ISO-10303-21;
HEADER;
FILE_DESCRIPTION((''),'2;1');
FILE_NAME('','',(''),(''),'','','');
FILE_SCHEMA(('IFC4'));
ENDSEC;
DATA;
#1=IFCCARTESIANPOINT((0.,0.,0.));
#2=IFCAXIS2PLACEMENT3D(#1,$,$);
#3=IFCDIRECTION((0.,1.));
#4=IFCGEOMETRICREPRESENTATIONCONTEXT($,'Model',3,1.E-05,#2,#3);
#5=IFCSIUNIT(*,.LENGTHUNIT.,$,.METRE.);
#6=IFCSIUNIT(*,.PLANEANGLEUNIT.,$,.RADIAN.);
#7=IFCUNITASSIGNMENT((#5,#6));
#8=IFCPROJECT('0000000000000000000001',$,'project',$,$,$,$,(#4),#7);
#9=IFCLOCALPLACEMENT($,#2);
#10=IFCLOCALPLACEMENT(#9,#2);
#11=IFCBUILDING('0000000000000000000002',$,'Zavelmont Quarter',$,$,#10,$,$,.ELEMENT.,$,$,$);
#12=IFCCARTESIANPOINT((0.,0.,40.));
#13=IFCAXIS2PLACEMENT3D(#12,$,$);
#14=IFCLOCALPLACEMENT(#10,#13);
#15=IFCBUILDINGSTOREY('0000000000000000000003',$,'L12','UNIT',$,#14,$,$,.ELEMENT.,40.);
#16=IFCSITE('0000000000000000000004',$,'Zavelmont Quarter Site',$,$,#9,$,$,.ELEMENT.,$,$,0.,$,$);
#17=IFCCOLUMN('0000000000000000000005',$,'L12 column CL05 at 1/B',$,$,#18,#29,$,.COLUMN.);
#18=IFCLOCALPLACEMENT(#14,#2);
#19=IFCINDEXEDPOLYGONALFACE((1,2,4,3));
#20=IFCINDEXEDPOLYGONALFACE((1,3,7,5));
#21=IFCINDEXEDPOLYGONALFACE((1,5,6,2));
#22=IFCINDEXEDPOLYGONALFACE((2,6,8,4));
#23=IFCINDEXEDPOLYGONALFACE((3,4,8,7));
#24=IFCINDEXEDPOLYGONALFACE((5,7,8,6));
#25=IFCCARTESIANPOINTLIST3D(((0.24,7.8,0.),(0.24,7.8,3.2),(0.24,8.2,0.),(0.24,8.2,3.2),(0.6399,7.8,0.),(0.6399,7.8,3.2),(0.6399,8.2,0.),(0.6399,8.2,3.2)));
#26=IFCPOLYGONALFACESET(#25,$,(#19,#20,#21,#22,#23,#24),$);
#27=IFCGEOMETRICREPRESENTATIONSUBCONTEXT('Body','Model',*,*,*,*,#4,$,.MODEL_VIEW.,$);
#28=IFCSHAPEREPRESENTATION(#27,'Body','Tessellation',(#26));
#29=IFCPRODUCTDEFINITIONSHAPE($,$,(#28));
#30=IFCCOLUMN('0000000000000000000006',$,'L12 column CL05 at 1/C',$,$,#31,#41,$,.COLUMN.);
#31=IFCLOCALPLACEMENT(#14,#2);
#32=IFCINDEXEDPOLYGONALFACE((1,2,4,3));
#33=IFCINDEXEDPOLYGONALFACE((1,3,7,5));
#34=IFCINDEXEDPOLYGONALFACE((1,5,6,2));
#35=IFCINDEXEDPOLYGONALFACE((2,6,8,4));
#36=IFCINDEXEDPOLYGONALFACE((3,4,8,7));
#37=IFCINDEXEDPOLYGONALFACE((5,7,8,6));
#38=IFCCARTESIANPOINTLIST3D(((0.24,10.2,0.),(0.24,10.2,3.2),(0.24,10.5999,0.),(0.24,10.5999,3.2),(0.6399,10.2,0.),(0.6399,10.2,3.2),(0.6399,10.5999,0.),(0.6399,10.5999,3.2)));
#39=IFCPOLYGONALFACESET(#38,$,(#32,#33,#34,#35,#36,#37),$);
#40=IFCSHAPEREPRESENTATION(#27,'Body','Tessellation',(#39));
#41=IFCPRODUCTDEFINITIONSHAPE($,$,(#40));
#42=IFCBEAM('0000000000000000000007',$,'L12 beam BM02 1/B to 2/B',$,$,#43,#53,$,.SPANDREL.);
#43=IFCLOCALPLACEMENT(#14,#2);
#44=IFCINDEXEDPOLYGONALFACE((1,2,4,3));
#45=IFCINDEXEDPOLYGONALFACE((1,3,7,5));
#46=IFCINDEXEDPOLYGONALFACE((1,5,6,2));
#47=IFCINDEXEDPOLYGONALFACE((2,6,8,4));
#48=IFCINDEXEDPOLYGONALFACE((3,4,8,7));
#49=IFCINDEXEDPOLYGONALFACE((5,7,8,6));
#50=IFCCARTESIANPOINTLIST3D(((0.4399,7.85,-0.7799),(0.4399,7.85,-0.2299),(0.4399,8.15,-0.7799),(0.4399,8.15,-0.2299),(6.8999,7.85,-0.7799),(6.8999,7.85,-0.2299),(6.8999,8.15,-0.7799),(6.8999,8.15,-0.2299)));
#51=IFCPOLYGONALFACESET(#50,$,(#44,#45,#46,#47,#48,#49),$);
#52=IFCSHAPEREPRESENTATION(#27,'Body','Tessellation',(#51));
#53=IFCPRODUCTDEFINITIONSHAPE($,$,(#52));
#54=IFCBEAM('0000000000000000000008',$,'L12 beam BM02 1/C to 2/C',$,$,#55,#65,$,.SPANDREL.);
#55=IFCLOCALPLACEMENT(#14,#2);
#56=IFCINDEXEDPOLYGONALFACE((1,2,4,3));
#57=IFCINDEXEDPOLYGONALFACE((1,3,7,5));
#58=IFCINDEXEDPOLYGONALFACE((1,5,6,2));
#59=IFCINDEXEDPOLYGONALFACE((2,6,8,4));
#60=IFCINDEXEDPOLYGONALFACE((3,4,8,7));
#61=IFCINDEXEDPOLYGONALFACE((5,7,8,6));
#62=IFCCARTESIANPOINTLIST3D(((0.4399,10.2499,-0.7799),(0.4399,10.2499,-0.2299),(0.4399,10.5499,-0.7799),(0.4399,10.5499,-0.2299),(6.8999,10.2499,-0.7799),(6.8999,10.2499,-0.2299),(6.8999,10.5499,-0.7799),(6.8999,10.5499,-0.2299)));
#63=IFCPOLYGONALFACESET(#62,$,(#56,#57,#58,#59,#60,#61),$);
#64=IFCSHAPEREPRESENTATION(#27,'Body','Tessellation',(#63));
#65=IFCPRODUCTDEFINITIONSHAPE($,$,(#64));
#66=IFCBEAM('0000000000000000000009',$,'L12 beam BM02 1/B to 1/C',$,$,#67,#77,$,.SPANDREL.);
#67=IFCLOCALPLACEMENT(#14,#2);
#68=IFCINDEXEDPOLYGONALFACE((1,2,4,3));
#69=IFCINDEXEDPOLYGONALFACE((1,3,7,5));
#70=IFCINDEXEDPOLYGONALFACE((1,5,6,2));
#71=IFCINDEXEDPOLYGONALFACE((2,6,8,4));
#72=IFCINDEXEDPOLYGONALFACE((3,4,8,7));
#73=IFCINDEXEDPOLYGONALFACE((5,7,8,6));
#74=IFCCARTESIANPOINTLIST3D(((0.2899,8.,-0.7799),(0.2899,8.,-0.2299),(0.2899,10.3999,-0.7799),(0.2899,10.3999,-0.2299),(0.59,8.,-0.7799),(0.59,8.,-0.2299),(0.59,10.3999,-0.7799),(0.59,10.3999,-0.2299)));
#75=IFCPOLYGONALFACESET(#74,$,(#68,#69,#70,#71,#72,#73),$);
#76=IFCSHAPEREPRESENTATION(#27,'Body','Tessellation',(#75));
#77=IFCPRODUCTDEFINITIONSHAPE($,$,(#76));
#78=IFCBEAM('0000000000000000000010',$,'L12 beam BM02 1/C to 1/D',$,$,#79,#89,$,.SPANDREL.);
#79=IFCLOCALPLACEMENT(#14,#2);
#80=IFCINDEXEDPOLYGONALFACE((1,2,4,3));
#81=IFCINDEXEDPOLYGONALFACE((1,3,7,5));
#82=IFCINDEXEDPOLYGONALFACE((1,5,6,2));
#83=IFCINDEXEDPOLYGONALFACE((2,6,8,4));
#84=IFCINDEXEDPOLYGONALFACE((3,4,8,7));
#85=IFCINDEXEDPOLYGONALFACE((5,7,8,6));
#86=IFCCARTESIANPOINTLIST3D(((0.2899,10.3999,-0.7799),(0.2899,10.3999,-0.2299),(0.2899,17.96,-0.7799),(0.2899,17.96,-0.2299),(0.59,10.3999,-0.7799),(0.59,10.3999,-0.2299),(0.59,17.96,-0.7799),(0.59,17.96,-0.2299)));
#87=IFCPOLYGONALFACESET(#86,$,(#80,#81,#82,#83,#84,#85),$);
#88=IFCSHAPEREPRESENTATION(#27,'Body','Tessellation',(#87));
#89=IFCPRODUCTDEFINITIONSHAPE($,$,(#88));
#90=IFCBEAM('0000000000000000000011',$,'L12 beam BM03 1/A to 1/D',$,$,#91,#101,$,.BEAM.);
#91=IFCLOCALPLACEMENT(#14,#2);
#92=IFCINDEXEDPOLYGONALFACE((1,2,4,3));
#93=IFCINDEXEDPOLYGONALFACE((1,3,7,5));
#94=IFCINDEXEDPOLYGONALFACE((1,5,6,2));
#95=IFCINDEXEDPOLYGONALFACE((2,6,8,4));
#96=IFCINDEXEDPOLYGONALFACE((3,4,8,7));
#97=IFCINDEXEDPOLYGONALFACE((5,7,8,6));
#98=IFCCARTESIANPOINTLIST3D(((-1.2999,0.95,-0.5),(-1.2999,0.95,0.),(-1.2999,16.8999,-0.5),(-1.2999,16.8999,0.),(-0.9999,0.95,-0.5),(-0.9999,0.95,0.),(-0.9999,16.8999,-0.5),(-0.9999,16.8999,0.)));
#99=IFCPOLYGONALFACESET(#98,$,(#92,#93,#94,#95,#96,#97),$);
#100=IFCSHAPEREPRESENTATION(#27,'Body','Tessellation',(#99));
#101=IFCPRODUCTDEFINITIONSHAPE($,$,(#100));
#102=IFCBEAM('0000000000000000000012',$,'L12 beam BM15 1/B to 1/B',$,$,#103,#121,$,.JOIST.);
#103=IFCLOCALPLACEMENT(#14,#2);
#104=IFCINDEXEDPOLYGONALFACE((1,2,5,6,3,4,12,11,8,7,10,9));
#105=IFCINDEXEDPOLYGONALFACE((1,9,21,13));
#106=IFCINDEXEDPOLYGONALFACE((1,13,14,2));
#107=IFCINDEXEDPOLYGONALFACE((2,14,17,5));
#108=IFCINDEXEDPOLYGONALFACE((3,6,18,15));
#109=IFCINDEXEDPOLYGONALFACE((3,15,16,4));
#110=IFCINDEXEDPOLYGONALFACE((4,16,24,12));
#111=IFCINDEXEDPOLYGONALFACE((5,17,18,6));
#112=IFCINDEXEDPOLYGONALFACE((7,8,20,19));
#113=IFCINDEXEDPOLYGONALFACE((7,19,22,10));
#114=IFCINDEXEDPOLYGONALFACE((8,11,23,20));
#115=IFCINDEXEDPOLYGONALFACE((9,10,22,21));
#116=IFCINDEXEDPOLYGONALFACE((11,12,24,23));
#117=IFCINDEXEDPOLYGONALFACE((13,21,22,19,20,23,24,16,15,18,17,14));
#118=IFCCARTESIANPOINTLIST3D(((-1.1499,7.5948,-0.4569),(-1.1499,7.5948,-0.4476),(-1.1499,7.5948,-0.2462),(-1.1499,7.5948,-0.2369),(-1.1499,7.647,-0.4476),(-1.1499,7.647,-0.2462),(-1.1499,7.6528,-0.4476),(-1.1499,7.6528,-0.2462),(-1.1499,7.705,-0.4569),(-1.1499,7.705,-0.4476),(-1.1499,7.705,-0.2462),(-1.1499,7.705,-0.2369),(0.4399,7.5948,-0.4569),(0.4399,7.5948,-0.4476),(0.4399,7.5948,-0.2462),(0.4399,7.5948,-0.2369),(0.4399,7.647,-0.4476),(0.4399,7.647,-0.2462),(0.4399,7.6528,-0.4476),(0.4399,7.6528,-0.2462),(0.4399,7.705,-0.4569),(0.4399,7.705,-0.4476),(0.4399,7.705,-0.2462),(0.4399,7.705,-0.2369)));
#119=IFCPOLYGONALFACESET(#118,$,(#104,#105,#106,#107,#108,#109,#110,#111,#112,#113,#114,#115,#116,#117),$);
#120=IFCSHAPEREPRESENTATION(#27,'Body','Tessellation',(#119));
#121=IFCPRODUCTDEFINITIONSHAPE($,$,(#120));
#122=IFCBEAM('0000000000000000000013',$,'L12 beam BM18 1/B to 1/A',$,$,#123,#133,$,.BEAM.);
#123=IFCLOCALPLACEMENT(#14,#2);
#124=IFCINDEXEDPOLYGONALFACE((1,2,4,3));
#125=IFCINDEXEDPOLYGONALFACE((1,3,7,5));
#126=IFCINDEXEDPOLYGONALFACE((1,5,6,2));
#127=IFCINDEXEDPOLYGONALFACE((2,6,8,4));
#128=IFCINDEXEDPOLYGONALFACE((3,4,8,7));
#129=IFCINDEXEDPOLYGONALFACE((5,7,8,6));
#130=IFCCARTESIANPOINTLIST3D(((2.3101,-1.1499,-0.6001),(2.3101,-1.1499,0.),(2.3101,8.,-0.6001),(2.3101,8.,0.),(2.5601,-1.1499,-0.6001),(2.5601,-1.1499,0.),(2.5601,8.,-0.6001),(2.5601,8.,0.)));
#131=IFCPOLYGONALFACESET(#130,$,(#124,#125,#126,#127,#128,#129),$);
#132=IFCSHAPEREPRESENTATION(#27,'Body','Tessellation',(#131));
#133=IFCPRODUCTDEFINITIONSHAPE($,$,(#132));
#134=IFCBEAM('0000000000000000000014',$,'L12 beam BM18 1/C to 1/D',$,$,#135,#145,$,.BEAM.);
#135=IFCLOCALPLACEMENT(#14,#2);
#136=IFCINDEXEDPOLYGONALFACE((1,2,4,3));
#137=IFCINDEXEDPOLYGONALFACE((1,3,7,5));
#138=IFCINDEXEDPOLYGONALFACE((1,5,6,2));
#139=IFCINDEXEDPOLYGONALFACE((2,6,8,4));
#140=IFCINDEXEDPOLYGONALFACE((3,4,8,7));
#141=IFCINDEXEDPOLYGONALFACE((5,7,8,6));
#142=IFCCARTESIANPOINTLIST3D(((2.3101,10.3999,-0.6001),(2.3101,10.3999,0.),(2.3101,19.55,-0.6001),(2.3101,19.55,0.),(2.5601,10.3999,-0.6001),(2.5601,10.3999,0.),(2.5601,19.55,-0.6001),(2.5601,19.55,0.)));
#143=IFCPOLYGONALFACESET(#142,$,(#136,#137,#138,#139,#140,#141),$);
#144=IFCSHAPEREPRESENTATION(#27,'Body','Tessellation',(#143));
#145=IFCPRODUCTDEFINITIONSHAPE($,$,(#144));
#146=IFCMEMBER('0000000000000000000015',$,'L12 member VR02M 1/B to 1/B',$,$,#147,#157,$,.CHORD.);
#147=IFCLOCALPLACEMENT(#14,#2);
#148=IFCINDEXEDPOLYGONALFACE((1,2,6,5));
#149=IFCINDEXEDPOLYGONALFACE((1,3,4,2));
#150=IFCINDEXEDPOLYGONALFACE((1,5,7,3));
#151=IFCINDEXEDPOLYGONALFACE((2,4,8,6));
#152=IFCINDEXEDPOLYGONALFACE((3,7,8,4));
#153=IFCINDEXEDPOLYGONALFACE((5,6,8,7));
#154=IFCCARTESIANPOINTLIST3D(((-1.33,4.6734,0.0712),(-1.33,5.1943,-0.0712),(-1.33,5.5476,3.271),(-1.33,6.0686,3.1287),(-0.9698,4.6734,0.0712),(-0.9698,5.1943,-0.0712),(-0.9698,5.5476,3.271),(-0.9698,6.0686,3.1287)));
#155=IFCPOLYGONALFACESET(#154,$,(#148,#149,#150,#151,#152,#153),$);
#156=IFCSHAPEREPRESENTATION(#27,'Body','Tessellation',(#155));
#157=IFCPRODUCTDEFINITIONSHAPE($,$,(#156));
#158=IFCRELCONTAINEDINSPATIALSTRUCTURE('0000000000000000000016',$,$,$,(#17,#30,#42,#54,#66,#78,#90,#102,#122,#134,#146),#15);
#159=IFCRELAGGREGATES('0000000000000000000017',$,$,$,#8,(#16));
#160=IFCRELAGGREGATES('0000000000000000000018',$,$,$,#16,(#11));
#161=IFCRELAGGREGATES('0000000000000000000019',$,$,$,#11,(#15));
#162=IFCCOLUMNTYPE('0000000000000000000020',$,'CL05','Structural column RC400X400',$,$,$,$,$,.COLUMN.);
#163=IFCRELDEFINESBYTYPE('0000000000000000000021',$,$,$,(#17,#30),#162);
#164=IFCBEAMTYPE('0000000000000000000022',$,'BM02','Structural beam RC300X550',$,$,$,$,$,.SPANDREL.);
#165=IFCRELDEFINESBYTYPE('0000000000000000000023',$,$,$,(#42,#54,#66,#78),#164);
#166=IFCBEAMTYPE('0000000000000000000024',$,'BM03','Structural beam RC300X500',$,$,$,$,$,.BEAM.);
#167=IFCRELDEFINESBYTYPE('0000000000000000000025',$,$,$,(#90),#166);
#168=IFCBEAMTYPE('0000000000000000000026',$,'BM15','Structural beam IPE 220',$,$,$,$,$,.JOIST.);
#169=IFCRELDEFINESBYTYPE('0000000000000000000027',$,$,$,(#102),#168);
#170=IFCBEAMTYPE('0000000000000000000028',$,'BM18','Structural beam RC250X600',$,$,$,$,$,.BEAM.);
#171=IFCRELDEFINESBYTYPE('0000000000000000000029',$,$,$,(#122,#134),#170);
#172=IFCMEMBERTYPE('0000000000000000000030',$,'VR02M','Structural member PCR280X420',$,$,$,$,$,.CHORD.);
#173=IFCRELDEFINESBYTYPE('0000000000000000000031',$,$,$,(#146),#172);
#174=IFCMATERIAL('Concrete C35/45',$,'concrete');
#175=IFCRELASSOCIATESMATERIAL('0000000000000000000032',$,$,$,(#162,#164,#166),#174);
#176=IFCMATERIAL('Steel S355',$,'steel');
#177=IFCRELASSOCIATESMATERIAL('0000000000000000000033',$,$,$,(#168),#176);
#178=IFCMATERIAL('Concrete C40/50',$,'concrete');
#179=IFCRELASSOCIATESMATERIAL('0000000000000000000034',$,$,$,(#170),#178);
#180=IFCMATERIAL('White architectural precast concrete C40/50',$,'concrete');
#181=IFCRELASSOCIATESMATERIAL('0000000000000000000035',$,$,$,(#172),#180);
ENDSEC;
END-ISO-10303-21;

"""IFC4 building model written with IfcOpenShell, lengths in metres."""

from ifc_helpers import new_model, si_unit, direction, frame, origin, origin_2d, place, context, subcontext, project, spatial, rectangle, i_section, extrude, material, material_profile, profile_set, type_object, element, save


model = new_model("IFC4")

# Units and contexts
model_context = context("Model", 3, precision=1e-05, world=origin(), true_north=direction((0.0, 1.0)))
body_context = subcontext(model_context, "Body", "Model", "MODEL_VIEW")
ifc_project = project(units=[si_unit("LENGTHUNIT", "METRE"), si_unit("PLANEANGLEUNIT", "RADIAN")], contexts=[model_context])

# Site, building, storey
site_placement = place(None, origin())
site = spatial("IfcSite", under=ifc_project, at=site_placement, Name="Zavelmont Quarter Site", CompositionType="ELEMENT", RefElevation=0.0)
building_placement = place(site_placement, origin())
building = spatial("IfcBuilding", under=site, at=building_placement, Name="Zavelmont Quarter", CompositionType="ELEMENT")
storey_placement = place(building_placement, frame((0.0, 0.0, 40.0)))
storey = spatial("IfcBuildingStorey", under=building, at=storey_placement, Name="L12", Description="UNIT", CompositionType="ELEMENT", Elevation=40.0)

# Columns
ifc_material_1 = material(Name="Concrete C35/45", Category="concrete")
ifc_material_profile_1 = material_profile(ifc_material_1, rectangle(XDim=0.3999, YDim=0.3999, at=origin_2d()), Name="RC400X400")
ifc_profile_set_1 = profile_set([ifc_material_profile_1], Name="Concrete C35/45")
column_type = type_object("IfcColumnType", Name="CL05", Description="Structural column RC400X400", PredefinedType="COLUMN", material=ifc_profile_set_1)
for number, where, z_axis, x_axis, name in (
    (1, (0.4399, 8.0, 0.0), (0.0, 0.0, 1.0), (1.0, 0.0, 0.0), "L12 column CL05 at 1/B"),
    (2, (0.4399, 10.3999, 0.0), (0.0, 0.0, 1.0), (1.0, 0.0, 0.0), "L12 column CL05 at 1/C"),
):
    element("IfcColumn", number, at=place(storey_placement, frame(where, z_axis=z_axis, x_axis=x_axis)), inside=storey, type_object=column_type, Name=name, PredefinedType="COLUMN", context=body_context, shape_type="SweptSolid", body=[
        extrude(rectangle(XDim=0.3999, YDim=0.3999, at=origin_2d()), origin(), (0.0, 0.0, 1.0), 3.2),
    ])

# Beams
ifc_material_profile_2 = material_profile(ifc_material_1, rectangle(XDim=0.3, YDim=0.55, at=origin_2d()), Name="RC300X550")
ifc_profile_set_2 = profile_set([ifc_material_profile_2], Name="Concrete C35/45")
beam_type_1 = type_object("IfcBeamType", Name="BM02", Description="Structural beam RC300X550", PredefinedType="SPANDREL", material=ifc_profile_set_2)
for number, where, z_axis, x_axis, name in (
    (3, (0.4399, 8.0, -0.5049), (1.0, 0.0, 0.0), (0.0, 1.0, 0.0), "L12 beam BM02 1/B to 2/B"),
    (4, (0.4399, 10.3999, -0.5049), (1.0, 0.0, 0.0), (0.0, 1.0, 0.0), "L12 beam BM02 1/C to 2/C"),
):
    element("IfcBeam", number, at=place(storey_placement, frame(where, z_axis=z_axis, x_axis=x_axis)), inside=storey, type_object=beam_type_1, Name=name, PredefinedType="SPANDREL", context=body_context, shape_type="SweptSolid", body=[
        extrude(rectangle(XDim=0.3, YDim=0.55, at=origin_2d()), origin(), (0.0, 0.0, 1.0), 6.46),
    ])
beam_1_placement = place(storey_placement, frame((0.4399, 8.0, -0.5049), z_axis=(0.0, 1.0, 0.0), x_axis=(-1.0, 0.0, 0.0)))
element("IfcBeam", 5, at=beam_1_placement, inside=storey, type_object=beam_type_1, Name="L12 beam BM02 1/B to 1/C", PredefinedType="SPANDREL", context=body_context, shape_type="SweptSolid", body=[
    extrude(rectangle(XDim=0.3, YDim=0.55, at=origin_2d()), origin(), (0.0, 0.0, 1.0), 2.3999),
])
beam_2_placement = place(storey_placement, frame((0.4399, 10.3999, -0.5049), z_axis=(0.0, 1.0, 0.0), x_axis=(-1.0, 0.0, 0.0)))
element("IfcBeam", 6, at=beam_2_placement, inside=storey, type_object=beam_type_1, Name="L12 beam BM02 1/C to 1/D", PredefinedType="SPANDREL", context=body_context, shape_type="SweptSolid", body=[
    extrude(rectangle(XDim=0.3, YDim=0.55, at=origin_2d()), origin(), (0.0, 0.0, 1.0), 7.5601),
])
ifc_material_profile_3 = material_profile(ifc_material_1, rectangle(XDim=0.3, YDim=0.5, at=origin_2d()), Name="RC300X500")
ifc_profile_set_3 = profile_set([ifc_material_profile_3], Name="Concrete C35/45")
beam_type_2 = type_object("IfcBeamType", Name="BM03", Description="Structural beam RC300X500", PredefinedType="BEAM", material=ifc_profile_set_3)
beam_3_placement = place(storey_placement, frame((-1.1499, 0.95, -0.25), z_axis=(0.0, 1.0, 0.0), x_axis=(-1.0, 0.0, 0.0)))
element("IfcBeam", 7, at=beam_3_placement, inside=storey, type_object=beam_type_2, Name="L12 beam BM03 1/A to 1/D", PredefinedType="BEAM", context=body_context, shape_type="SweptSolid", body=[
    extrude(rectangle(XDim=0.3, YDim=0.5, at=origin_2d()), origin(), (0.0, 0.0, 1.0), 15.95),
])
ifc_material_2 = material(Name="Steel S355", Category="steel")
ifc_material_profile_4 = material_profile(ifc_material_2, i_section(OverallWidth=0.1101, OverallDepth=0.22, WebThickness=0.0059, FlangeThickness=0.0093, at=origin_2d()), Name="IPE 220")
ifc_profile_set_4 = profile_set([ifc_material_profile_4], Name="Steel S355")
beam_type_3 = type_object("IfcBeamType", Name="BM15", Description="Structural beam IPE 220", PredefinedType="JOIST", material=ifc_profile_set_4)
beam_4_placement = place(storey_placement, frame((0.4399, 7.6499, -0.3469), z_axis=(-1.0, 0.0, 0.0), x_axis=(0.0, -1.0, 0.0)))
element("IfcBeam", 8, at=beam_4_placement, inside=storey, type_object=beam_type_3, Name="L12 beam BM15 1/B to 1/B", PredefinedType="JOIST", context=body_context, shape_type="SweptSolid", body=[
    extrude(i_section(OverallWidth=0.1101, OverallDepth=0.22, WebThickness=0.0059, FlangeThickness=0.0093, at=origin_2d()), origin(), (0.0, 0.0, 1.0), 1.5898),
])
ifc_material_3 = material(Name="Concrete C40/50", Category="concrete")
ifc_material_profile_5 = material_profile(ifc_material_3, rectangle(XDim=0.25, YDim=0.6001, at=origin_2d()), Name="RC250X600")
ifc_profile_set_5 = profile_set([ifc_material_profile_5], Name="Concrete C40/50")
beam_type_4 = type_object("IfcBeamType", Name="BM18", Description="Structural beam RC250X600", PredefinedType="BEAM", material=ifc_profile_set_5)
beam_5_placement = place(storey_placement, frame((2.4351, 8.0, -0.3), z_axis=(0.0, -1.0, 0.0), x_axis=(1.0, 0.0, 0.0)))
element("IfcBeam", 9, at=beam_5_placement, inside=storey, type_object=beam_type_4, Name="L12 beam BM18 1/B to 1/A", PredefinedType="BEAM", context=body_context, shape_type="SweptSolid", body=[
    extrude(rectangle(XDim=0.25, YDim=0.6001, at=origin_2d()), origin(), (0.0, 0.0, 1.0), 9.1499),
])
beam_6_placement = place(storey_placement, frame((2.4351, 10.3999, -0.3), z_axis=(0.0, 1.0, 0.0), x_axis=(-1.0, 0.0, 0.0)))
element("IfcBeam", 10, at=beam_6_placement, inside=storey, type_object=beam_type_4, Name="L12 beam BM18 1/C to 1/D", PredefinedType="BEAM", context=body_context, shape_type="SweptSolid", body=[
    extrude(rectangle(XDim=0.25, YDim=0.6001, at=origin_2d()), origin(), (0.0, 0.0, 1.0), 9.1501),
])

# Member
ifc_material_4 = material(Name="White architectural precast concrete C40/50", Category="concrete")
ifc_material_profile_6 = material_profile(ifc_material_4, rectangle(XDim=0.3601, YDim=0.54, at=origin_2d()), Name="PCR280X420")
ifc_profile_set_6 = profile_set([ifc_material_profile_6], Name="White architectural precast concrete C40/50")
member_type = type_object("IfcMemberType", Name="VR02M", Description="Structural member PCR280X420", PredefinedType="CHORD", material=ifc_profile_set_6)
member_placement = place(storey_placement, frame((-1.1499, 4.9338, 0.0), z_axis=(0.0, 0.263553, 0.964645), x_axis=(-1.0, 0.0, 0.0)))
element("IfcMember", 11, at=member_placement, inside=storey, type_object=member_type, Name="L12 member VR02M 1/B to 1/B", PredefinedType="CHORD", context=body_context, shape_type="SweptSolid", body=[
    extrude(rectangle(XDim=0.3601, YDim=0.54, at=origin_2d()), origin(), (0.0, 0.0, 1.0), 3.3171),
])

save(model, "model.ifc")
